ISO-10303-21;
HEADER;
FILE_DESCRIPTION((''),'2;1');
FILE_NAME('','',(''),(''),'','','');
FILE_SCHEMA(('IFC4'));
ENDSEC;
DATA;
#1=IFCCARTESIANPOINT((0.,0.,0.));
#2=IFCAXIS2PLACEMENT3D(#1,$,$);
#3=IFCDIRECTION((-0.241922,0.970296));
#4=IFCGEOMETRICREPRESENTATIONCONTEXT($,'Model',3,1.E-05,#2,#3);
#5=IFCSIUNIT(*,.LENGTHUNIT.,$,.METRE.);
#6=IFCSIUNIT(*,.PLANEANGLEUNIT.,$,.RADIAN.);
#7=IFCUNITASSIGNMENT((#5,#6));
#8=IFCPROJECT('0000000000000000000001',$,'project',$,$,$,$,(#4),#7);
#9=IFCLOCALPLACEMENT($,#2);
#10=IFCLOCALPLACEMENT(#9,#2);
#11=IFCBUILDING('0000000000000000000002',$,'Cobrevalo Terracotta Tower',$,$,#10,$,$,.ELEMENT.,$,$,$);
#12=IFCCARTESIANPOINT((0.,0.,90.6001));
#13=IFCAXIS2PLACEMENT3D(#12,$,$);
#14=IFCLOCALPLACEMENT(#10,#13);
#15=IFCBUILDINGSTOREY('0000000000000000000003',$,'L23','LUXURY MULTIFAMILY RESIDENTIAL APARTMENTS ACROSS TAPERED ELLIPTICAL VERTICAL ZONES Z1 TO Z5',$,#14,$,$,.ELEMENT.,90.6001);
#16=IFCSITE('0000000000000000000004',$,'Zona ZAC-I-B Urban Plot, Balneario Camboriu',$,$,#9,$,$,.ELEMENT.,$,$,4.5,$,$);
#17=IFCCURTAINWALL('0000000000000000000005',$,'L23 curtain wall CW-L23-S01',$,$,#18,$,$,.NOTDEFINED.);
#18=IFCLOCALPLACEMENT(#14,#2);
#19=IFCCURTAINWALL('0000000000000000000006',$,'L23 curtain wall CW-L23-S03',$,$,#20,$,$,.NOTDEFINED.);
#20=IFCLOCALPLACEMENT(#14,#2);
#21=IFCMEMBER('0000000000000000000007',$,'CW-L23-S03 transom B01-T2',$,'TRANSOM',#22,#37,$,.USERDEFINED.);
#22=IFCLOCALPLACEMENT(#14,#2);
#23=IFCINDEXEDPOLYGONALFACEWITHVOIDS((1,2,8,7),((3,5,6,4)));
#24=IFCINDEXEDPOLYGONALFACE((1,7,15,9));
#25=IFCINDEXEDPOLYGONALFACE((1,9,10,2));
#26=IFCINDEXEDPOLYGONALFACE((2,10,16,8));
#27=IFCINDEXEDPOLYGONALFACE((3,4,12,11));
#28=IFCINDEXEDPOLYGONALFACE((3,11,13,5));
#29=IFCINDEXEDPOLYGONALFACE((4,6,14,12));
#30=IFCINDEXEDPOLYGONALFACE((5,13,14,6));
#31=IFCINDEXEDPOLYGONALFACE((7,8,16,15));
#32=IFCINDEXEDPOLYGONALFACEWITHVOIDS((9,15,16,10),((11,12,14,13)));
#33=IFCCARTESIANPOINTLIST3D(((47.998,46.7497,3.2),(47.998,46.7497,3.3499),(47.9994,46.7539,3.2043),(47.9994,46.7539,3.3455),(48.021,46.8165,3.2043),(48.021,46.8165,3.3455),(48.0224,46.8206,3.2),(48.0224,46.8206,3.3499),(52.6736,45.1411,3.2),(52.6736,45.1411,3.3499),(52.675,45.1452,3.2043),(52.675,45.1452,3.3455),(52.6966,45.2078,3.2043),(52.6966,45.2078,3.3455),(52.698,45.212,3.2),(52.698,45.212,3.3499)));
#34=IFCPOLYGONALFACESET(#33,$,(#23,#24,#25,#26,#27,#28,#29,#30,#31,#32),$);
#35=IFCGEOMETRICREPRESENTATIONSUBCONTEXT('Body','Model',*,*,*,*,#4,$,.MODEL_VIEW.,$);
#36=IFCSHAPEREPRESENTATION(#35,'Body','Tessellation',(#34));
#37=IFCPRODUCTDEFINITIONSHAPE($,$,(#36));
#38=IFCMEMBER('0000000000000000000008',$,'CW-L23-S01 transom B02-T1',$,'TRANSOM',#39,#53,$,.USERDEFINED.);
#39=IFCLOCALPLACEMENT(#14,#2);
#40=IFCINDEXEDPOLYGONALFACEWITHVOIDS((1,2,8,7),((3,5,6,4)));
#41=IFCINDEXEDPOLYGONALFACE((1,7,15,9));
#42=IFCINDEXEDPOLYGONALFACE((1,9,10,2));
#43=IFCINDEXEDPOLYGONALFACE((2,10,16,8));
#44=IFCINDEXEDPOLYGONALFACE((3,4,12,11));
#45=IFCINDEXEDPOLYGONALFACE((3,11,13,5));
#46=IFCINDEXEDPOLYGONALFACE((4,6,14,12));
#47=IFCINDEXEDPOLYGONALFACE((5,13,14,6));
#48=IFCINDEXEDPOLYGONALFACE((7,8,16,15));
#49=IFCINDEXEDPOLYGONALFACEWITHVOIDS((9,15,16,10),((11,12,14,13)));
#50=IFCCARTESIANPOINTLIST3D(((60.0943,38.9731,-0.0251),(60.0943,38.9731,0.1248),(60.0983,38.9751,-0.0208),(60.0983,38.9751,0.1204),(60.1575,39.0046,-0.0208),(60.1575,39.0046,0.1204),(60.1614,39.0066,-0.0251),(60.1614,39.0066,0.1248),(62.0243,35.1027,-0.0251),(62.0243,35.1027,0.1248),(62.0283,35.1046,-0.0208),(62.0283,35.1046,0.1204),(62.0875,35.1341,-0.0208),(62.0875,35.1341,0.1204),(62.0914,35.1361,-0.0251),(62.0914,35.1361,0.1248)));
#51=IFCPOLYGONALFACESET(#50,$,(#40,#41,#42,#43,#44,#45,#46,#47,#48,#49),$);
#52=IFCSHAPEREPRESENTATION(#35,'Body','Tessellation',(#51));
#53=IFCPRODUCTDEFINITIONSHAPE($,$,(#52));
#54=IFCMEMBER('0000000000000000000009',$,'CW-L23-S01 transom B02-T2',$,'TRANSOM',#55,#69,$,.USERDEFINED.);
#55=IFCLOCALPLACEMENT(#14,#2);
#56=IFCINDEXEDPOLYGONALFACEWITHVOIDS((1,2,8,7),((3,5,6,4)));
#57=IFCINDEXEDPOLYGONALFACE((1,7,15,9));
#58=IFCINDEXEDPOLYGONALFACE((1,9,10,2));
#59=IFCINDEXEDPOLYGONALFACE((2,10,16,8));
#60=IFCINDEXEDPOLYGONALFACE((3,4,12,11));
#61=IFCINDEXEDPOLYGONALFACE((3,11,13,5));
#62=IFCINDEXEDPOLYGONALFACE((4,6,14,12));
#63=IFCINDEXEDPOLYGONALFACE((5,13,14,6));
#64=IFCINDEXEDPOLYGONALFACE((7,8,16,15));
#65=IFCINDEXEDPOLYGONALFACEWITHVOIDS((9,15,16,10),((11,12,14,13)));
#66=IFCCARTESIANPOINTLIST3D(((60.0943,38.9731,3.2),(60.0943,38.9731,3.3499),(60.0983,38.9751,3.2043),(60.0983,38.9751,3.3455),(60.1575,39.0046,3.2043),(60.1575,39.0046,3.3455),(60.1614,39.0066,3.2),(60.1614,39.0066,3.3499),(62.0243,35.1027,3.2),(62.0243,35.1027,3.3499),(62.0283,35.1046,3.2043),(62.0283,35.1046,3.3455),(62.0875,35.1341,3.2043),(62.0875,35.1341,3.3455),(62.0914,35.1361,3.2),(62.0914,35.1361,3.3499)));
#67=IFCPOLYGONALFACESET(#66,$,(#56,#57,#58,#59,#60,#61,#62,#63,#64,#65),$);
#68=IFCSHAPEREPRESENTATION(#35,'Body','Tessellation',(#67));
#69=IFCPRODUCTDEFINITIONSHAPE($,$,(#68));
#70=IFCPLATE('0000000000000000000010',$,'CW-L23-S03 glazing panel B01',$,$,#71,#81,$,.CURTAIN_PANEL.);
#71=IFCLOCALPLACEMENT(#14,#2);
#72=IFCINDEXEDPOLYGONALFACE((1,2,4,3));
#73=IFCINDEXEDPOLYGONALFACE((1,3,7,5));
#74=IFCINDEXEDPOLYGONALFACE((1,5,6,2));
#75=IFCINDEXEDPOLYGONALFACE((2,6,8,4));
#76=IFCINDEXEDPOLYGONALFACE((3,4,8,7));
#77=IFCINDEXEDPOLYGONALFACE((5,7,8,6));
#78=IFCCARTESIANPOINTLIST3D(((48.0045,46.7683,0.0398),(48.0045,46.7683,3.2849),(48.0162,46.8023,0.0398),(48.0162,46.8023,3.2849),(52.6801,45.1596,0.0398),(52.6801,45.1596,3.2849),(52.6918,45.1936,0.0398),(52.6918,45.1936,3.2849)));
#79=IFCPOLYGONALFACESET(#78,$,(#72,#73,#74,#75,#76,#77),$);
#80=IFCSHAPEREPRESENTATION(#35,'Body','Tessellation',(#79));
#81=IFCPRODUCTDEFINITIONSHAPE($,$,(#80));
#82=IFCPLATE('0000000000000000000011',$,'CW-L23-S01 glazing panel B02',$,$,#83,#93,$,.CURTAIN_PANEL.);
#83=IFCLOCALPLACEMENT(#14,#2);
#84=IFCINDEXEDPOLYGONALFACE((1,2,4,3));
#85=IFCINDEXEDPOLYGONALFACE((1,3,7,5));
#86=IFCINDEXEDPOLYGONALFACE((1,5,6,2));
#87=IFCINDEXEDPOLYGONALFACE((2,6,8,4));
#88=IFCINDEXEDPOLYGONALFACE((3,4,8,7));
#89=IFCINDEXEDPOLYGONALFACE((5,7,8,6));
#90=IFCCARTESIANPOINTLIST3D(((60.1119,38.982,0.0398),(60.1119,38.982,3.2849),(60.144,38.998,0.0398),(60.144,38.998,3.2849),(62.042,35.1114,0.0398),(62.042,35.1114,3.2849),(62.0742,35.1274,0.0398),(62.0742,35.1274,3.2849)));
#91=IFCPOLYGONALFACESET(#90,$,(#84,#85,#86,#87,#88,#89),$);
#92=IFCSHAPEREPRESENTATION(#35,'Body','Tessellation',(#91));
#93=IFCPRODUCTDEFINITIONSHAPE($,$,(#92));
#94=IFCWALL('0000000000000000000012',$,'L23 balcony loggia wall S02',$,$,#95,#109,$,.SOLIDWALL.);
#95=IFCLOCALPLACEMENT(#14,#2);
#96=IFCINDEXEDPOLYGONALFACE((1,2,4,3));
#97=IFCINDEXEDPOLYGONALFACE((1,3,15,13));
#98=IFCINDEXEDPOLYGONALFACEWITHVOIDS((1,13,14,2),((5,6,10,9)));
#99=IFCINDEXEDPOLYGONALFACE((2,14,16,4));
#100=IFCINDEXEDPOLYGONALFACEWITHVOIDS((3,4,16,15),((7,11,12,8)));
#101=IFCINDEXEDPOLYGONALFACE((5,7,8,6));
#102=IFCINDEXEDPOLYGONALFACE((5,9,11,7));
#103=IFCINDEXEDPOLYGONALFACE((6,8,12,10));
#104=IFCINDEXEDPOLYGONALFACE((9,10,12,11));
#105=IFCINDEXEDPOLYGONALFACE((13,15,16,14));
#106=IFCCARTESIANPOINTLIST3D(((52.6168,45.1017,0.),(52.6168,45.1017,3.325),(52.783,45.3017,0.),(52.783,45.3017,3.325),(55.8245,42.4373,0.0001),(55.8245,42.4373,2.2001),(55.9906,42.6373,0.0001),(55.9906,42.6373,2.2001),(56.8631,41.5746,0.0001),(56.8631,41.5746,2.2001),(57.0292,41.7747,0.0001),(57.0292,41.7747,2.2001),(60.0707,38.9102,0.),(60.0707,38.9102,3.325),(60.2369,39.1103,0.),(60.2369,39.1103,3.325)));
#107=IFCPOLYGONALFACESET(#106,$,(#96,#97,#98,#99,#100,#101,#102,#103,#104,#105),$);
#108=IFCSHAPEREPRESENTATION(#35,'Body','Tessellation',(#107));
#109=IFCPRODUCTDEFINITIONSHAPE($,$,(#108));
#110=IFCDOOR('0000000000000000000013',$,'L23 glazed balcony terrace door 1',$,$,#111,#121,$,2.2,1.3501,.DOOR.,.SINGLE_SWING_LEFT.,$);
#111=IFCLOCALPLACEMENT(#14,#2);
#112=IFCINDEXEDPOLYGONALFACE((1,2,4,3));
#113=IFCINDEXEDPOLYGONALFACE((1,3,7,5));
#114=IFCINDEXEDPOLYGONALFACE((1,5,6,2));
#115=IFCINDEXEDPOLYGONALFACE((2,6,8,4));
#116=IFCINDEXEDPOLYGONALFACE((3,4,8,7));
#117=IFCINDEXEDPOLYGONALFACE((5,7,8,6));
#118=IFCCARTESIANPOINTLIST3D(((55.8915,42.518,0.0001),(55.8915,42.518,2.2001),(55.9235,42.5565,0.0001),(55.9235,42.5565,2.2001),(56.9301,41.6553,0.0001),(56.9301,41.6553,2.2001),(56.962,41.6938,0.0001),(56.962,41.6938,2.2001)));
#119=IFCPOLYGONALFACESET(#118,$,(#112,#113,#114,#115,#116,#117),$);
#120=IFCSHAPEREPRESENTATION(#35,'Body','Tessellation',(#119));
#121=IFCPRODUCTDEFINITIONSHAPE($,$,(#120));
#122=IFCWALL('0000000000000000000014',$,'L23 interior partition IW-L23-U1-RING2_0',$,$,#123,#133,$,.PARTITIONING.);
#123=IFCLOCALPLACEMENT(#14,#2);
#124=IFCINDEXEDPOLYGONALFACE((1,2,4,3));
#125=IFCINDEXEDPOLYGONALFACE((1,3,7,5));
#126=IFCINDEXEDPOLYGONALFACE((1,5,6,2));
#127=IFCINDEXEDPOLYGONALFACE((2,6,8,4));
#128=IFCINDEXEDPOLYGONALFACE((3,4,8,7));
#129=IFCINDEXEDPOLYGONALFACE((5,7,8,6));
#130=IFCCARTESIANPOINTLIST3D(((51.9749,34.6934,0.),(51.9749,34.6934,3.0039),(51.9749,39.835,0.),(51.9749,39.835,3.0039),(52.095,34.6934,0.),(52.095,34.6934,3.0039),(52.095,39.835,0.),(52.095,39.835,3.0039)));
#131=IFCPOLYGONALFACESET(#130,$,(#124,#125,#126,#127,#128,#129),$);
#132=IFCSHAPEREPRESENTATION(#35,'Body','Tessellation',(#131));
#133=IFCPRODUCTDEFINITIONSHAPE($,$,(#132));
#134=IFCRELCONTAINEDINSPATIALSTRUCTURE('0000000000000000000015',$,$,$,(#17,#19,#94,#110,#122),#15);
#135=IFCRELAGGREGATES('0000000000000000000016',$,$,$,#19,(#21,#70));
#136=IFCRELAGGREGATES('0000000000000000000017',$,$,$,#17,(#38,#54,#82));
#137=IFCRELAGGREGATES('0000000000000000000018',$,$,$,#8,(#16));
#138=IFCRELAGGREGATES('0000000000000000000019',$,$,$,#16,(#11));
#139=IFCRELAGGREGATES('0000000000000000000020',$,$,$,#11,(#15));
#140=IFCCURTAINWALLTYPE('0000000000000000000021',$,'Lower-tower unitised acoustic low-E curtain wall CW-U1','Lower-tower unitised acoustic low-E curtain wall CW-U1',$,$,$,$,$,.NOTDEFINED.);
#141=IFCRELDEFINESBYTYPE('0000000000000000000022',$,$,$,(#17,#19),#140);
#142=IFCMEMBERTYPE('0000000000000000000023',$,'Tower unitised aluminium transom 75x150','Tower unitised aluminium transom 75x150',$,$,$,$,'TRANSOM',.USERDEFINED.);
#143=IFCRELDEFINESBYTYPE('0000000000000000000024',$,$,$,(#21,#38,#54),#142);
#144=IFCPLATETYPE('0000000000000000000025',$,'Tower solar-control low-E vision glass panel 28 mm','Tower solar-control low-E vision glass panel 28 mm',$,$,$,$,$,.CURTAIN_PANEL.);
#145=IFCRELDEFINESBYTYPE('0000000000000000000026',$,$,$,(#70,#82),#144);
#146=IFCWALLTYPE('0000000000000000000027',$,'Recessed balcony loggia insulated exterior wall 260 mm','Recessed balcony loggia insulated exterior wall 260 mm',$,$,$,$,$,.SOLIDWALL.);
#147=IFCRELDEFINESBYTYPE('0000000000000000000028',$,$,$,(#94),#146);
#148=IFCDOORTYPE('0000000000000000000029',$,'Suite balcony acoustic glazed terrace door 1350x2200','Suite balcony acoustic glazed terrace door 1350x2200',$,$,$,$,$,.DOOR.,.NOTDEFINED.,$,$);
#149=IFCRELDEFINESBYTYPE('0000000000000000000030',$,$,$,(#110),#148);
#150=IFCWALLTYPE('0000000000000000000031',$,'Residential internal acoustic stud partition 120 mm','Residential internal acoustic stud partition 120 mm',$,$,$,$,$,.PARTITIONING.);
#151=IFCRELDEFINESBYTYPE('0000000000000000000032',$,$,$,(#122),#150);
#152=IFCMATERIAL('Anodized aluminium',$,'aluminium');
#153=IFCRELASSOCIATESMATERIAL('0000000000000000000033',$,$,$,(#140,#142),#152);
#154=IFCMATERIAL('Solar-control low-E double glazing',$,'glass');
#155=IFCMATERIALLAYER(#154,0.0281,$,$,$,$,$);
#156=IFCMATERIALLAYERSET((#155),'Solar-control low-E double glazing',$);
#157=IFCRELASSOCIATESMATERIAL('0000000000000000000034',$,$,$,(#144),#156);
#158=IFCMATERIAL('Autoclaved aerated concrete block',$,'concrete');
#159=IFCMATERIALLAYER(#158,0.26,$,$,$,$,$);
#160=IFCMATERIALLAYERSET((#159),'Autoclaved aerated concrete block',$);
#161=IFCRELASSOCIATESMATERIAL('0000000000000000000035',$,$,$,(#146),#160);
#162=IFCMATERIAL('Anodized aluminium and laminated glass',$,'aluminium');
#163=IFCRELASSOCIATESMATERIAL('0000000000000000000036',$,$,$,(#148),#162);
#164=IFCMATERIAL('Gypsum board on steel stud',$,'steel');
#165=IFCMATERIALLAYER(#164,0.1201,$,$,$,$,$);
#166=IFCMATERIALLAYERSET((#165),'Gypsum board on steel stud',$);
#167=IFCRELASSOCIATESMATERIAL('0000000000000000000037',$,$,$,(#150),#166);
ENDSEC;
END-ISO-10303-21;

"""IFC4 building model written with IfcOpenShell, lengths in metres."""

from ifc_helpers import new_model, si_unit, direction, frame, frame_2d, origin, origin_2d, place, context, subcontext, project, spatial, rectangle, hollow_rectangle, extrude, source, transform, mapped, material, layer, layer_set, material_profile, profile_set, type_object, element, fill, aggregate, save


model = new_model("IFC4")

# Units and contexts
model_context = context("Model", 3, precision=1e-05, world=origin(), true_north=direction((-0.241922, 0.970296)))
body_context = subcontext(model_context, "Body", "Model", "MODEL_VIEW")
ifc_project = project(units=[si_unit("LENGTHUNIT", "METRE"), si_unit("PLANEANGLEUNIT", "RADIAN")], contexts=[model_context])

# Site, building, storey
site_placement = place(None, origin())
site = spatial("IfcSite", under=ifc_project, at=site_placement, Name="Zona ZAC-I-B Urban Plot, Balneario Camboriu", CompositionType="ELEMENT", RefElevation=4.5)
building_placement = place(site_placement, origin())
building = spatial("IfcBuilding", under=site, at=building_placement, Name="Cobrevalo Terracotta Tower", CompositionType="ELEMENT")
storey_placement = place(building_placement, frame((0.0, 0.0, 90.6001)))
storey = spatial("IfcBuildingStorey", under=building, at=storey_placement, Name="L23", Description="LUXURY MULTIFAMILY RESIDENTIAL APARTMENTS ACROSS TAPERED ELLIPTICAL VERTICAL ZONES Z1 TO Z5", CompositionType="ELEMENT", Elevation=90.6001)

# Curtain wall
ifc_material_1 = material(Name="Anodized aluminium", Category="aluminium")
curtain_wall_type = type_object("IfcCurtainWallType", Name="Lower-tower unitised acoustic low-E curtain wall CW-U1", Description="Lower-tower unitised acoustic low-E curtain wall CW-U1", PredefinedType="NOTDEFINED", material=ifc_material_1)
curtain_wall_1_placement = place(storey_placement, origin())
curtain_wall_1 = element("IfcCurtainWall", 1, at=curtain_wall_1_placement, inside=storey, type_object=curtain_wall_type, Name="L23 curtain wall CW-L23-S01", PredefinedType="NOTDEFINED")

# Curtain wall, member
curtain_wall_2_placement = place(storey_placement, origin())
curtain_wall_2 = element("IfcCurtainWall", 2, at=curtain_wall_2_placement, inside=storey, type_object=curtain_wall_type, Name="L23 curtain wall CW-L23-S03", PredefinedType="NOTDEFINED")
ifc_material_profile_1 = material_profile(ifc_material_1, hollow_rectangle(XDim=0.075, YDim=0.1499, WallThickness=0.0044, at=origin_2d()), Name="CWT 75x150")
ifc_profile_set_1 = profile_set([ifc_material_profile_1], Name="Anodized aluminium")
member_type_1 = type_object("IfcMemberType", Name="Tower unitised aluminium transom 75x150", Description="Tower unitised aluminium transom 75x150", ElementType="TRANSOM", PredefinedType="USERDEFINED", material=ifc_profile_set_1)
shared_shape_1 = source(origin(), body_context, "Body", "SweptSolid", [
    extrude(hollow_rectangle(XDim=0.075, YDim=0.1499, WallThickness=0.0044, at=origin_2d()), origin(), (0.0, 0.0, 1.0), 4.9446),
])
member_1_placement = place(storey_placement, frame((52.6858, 45.1765, 3.2749), z_axis=(-0.945598, 0.325338, 0.0), x_axis=(-0.325338, -0.945598, 0.0)))
member_1 = element("IfcMember", 3, at=member_1_placement, type_object=member_type_1, Name="CW-L23-S03 transom B01-T2", ObjectType="TRANSOM", PredefinedType="USERDEFINED", context=body_context, shape_type="MappedRepresentation", body=[
    mapped(shared_shape_1, transform((0.0, 0.0, 0.0), scale=1.0)),
])

# Members
shared_shape_2 = source(origin(), body_context, "Body", "SweptSolid", [
    extrude(hollow_rectangle(XDim=0.075, YDim=0.1499, WallThickness=0.0044, at=origin_2d()), origin(), (0.0, 0.0, 1.0), 4.325),
])
member_2_placement = place(storey_placement, frame((62.0579, 35.1194, 0.0498), z_axis=(-0.446242, 0.894912, 0.0), x_axis=(-0.894912, -0.446242, 0.0)))
member_2 = element("IfcMember", 4, at=member_2_placement, type_object=member_type_1, Name="CW-L23-S01 transom B02-T1", ObjectType="TRANSOM", PredefinedType="USERDEFINED", context=body_context, shape_type="MappedRepresentation", body=[
    mapped(shared_shape_2, transform((0.0, 0.0, 0.0), scale=1.0)),
])
member_3_placement = place(storey_placement, frame((62.0579, 35.1194, 3.2749), z_axis=(-0.446242, 0.894912, 0.0), x_axis=(-0.894912, -0.446242, 0.0)))
member_3 = element("IfcMember", 5, at=member_3_placement, type_object=member_type_1, Name="CW-L23-S01 transom B02-T2", ObjectType="TRANSOM", PredefinedType="USERDEFINED", context=body_context, shape_type="MappedRepresentation", body=[
    mapped(shared_shape_2, transform((0.0, 0.0, 0.0), scale=1.0)),
])

# Plates
ifc_material_2 = material(Name="Solar-control low-E double glazing", Category="glass")
ifc_layer_1 = layer(ifc_material_2, 0.0281)
ifc_layer_set_1 = layer_set([ifc_layer_1], Name="Solar-control low-E double glazing")
plate_type = type_object("IfcPlateType", Name="Tower solar-control low-E vision glass panel 28 mm", Description="Tower solar-control low-E vision glass panel 28 mm", PredefinedType="CURTAIN_PANEL", material=ifc_layer_set_1)
shared_shape_3 = source(origin(), body_context, "Body", "SweptSolid", [
    extrude(rectangle(XDim=4.9446, YDim=0.0359, at=origin_2d()), origin(), (0.0, 0.0, 1.0), 3.2451),
])
plate_1_placement = place(storey_placement, frame((50.3481, 45.981, 0.0398), z_axis=(0.0, 0.0, 1.0), x_axis=(-0.945596, 0.325342, 0.0)))
plate_1 = element("IfcPlate", 6, at=plate_1_placement, type_object=plate_type, Name="CW-L23-S03 glazing panel B01", PredefinedType="CURTAIN_PANEL", context=body_context, shape_type="MappedRepresentation", body=[
    mapped(shared_shape_3, transform((0.0, 0.0, 0.0), scale=1.0)),
])
aggregate(curtain_wall_2, [member_1, plate_1])
shared_shape_4 = source(origin(), body_context, "Body", "SweptSolid", [
    extrude(rectangle(XDim=4.3252, YDim=0.0359, at=origin_2d()), origin(), (0.0, 0.0, 1.0), 3.2451),
])
plate_2_placement = place(storey_placement, frame((61.093, 37.0547, 0.0398), z_axis=(0.0, 0.0, 1.0), x_axis=(-0.446262, 0.894902, 0.0)))
plate_2 = element("IfcPlate", 7, at=plate_2_placement, type_object=plate_type, Name="CW-L23-S01 glazing panel B02", PredefinedType="CURTAIN_PANEL", context=body_context, shape_type="MappedRepresentation", body=[
    mapped(shared_shape_4, transform((0.0, 0.0, 0.0), scale=1.0)),
])
aggregate(curtain_wall_1, [member_2, member_3, plate_2])

# Wall, opening, door
ifc_material_3 = material(Name="Autoclaved aerated concrete block", Category="concrete")
ifc_layer_2 = layer(ifc_material_3, 0.26)
ifc_layer_set_2 = layer_set([ifc_layer_2], Name="Autoclaved aerated concrete block")
wall_type_1 = type_object("IfcWallType", Name="Recessed balcony loggia insulated exterior wall 260 mm", Description="Recessed balcony loggia insulated exterior wall 260 mm", PredefinedType="SOLIDWALL", material=ifc_layer_set_2)
wall_1_placement = place(storey_placement, frame((60.1538, 39.0103, 0.0), z_axis=(0.0, 0.0, 1.0), x_axis=(-0.769243, 0.638957, 0.0)))
wall_1 = element("IfcWall", 8, at=wall_1_placement, inside=storey, type_object=wall_type_1, Name="L23 balcony loggia wall S02", PredefinedType="SOLIDWALL", context=body_context, shape_type="SweptSolid", body=[
    extrude(rectangle(XDim=9.6899, YDim=0.26, at=frame_2d((4.845, 0.0))), origin(), (0.0, 0.0, 1.0), 3.325),
])
opening_1_placement = place(wall_1_placement, frame((4.1699, 0.0, 0.0)))
opening_1 = element("IfcOpeningElement", 9, at=opening_1_placement, cuts=wall_1, PredefinedType="OPENING", context=body_context, shape_type="SweptSolid", body=[
    extrude(rectangle(XDim=1.3501, YDim=2.2, at=frame_2d((0.675, 1.1001))), frame((0.0, 0.1401, 0.0), z_axis=(0.0, -1.0, 0.0), x_axis=(1.0, 0.0, 0.0)), (0.0, 0.0, 1.0), 0.28),
])
ifc_material_4 = material(Name="Anodized aluminium and laminated glass", Category="aluminium")
door_type_1 = type_object("IfcDoorType", Name="Suite balcony acoustic glazed terrace door 1350x2200", Description="Suite balcony acoustic glazed terrace door 1350x2200", OperationType="NOTDEFINED", PredefinedType="DOOR", material=ifc_material_4)
shared_shape_5 = source(origin(), body_context, "Body", "SweptSolid", [
    extrude(rectangle(XDim=1.3501, YDim=2.2, at=frame_2d((0.675, 1.1001))), frame((0.0, 0.0249, 0.0), z_axis=(0.0, -1.0, 0.0), x_axis=(1.0, 0.0, 0.0)), (0.0, 0.0, 1.0), 0.05),
])
door_1_placement = place(opening_1_placement, frame((1.3501, 0.0, 0.0), z_axis=(0.0, 0.0, 1.0), x_axis=(-1.0, 0.0, 0.0)))
door_1 = element("IfcDoor", 10, at=door_1_placement, inside=storey, type_object=door_type_1, Name="L23 glazed balcony terrace door 1", OperationType="SINGLE_SWING_LEFT", OverallHeight=2.2, OverallWidth=1.3501, PredefinedType="DOOR", context=body_context, shape_type="MappedRepresentation", body=[
    mapped(shared_shape_5, transform((0.0, 0.0, 0.0), scale=1.0)),
])
fill(opening_1, door_1)

# Wall
ifc_material_5 = material(Name="Gypsum board on steel stud", Category="steel")
ifc_layer_3 = layer(ifc_material_5, 0.1201)
ifc_layer_set_3 = layer_set([ifc_layer_3], Name="Gypsum board on steel stud")
wall_type_2 = type_object("IfcWallType", Name="Residential internal acoustic stud partition 120 mm", Description="Residential internal acoustic stud partition 120 mm", PredefinedType="PARTITIONING", material=ifc_layer_set_3)
wall_2_placement = place(storey_placement, frame((52.0349, 39.835, 0.0), z_axis=(0.0, 0.0, 1.0), x_axis=(0.0, -1.0, 0.0)))
element("IfcWall", 11, at=wall_2_placement, inside=storey, type_object=wall_type_2, Name="L23 interior partition IW-L23-U1-RING2_0", PredefinedType="PARTITIONING", context=body_context, shape_type="SweptSolid", body=[
    extrude(rectangle(XDim=5.1416, YDim=0.1201, at=frame_2d((2.5708, 0.0))), origin(), (0.0, 0.0, 1.0), 3.0039),
])

save(model, "model.ifc")
